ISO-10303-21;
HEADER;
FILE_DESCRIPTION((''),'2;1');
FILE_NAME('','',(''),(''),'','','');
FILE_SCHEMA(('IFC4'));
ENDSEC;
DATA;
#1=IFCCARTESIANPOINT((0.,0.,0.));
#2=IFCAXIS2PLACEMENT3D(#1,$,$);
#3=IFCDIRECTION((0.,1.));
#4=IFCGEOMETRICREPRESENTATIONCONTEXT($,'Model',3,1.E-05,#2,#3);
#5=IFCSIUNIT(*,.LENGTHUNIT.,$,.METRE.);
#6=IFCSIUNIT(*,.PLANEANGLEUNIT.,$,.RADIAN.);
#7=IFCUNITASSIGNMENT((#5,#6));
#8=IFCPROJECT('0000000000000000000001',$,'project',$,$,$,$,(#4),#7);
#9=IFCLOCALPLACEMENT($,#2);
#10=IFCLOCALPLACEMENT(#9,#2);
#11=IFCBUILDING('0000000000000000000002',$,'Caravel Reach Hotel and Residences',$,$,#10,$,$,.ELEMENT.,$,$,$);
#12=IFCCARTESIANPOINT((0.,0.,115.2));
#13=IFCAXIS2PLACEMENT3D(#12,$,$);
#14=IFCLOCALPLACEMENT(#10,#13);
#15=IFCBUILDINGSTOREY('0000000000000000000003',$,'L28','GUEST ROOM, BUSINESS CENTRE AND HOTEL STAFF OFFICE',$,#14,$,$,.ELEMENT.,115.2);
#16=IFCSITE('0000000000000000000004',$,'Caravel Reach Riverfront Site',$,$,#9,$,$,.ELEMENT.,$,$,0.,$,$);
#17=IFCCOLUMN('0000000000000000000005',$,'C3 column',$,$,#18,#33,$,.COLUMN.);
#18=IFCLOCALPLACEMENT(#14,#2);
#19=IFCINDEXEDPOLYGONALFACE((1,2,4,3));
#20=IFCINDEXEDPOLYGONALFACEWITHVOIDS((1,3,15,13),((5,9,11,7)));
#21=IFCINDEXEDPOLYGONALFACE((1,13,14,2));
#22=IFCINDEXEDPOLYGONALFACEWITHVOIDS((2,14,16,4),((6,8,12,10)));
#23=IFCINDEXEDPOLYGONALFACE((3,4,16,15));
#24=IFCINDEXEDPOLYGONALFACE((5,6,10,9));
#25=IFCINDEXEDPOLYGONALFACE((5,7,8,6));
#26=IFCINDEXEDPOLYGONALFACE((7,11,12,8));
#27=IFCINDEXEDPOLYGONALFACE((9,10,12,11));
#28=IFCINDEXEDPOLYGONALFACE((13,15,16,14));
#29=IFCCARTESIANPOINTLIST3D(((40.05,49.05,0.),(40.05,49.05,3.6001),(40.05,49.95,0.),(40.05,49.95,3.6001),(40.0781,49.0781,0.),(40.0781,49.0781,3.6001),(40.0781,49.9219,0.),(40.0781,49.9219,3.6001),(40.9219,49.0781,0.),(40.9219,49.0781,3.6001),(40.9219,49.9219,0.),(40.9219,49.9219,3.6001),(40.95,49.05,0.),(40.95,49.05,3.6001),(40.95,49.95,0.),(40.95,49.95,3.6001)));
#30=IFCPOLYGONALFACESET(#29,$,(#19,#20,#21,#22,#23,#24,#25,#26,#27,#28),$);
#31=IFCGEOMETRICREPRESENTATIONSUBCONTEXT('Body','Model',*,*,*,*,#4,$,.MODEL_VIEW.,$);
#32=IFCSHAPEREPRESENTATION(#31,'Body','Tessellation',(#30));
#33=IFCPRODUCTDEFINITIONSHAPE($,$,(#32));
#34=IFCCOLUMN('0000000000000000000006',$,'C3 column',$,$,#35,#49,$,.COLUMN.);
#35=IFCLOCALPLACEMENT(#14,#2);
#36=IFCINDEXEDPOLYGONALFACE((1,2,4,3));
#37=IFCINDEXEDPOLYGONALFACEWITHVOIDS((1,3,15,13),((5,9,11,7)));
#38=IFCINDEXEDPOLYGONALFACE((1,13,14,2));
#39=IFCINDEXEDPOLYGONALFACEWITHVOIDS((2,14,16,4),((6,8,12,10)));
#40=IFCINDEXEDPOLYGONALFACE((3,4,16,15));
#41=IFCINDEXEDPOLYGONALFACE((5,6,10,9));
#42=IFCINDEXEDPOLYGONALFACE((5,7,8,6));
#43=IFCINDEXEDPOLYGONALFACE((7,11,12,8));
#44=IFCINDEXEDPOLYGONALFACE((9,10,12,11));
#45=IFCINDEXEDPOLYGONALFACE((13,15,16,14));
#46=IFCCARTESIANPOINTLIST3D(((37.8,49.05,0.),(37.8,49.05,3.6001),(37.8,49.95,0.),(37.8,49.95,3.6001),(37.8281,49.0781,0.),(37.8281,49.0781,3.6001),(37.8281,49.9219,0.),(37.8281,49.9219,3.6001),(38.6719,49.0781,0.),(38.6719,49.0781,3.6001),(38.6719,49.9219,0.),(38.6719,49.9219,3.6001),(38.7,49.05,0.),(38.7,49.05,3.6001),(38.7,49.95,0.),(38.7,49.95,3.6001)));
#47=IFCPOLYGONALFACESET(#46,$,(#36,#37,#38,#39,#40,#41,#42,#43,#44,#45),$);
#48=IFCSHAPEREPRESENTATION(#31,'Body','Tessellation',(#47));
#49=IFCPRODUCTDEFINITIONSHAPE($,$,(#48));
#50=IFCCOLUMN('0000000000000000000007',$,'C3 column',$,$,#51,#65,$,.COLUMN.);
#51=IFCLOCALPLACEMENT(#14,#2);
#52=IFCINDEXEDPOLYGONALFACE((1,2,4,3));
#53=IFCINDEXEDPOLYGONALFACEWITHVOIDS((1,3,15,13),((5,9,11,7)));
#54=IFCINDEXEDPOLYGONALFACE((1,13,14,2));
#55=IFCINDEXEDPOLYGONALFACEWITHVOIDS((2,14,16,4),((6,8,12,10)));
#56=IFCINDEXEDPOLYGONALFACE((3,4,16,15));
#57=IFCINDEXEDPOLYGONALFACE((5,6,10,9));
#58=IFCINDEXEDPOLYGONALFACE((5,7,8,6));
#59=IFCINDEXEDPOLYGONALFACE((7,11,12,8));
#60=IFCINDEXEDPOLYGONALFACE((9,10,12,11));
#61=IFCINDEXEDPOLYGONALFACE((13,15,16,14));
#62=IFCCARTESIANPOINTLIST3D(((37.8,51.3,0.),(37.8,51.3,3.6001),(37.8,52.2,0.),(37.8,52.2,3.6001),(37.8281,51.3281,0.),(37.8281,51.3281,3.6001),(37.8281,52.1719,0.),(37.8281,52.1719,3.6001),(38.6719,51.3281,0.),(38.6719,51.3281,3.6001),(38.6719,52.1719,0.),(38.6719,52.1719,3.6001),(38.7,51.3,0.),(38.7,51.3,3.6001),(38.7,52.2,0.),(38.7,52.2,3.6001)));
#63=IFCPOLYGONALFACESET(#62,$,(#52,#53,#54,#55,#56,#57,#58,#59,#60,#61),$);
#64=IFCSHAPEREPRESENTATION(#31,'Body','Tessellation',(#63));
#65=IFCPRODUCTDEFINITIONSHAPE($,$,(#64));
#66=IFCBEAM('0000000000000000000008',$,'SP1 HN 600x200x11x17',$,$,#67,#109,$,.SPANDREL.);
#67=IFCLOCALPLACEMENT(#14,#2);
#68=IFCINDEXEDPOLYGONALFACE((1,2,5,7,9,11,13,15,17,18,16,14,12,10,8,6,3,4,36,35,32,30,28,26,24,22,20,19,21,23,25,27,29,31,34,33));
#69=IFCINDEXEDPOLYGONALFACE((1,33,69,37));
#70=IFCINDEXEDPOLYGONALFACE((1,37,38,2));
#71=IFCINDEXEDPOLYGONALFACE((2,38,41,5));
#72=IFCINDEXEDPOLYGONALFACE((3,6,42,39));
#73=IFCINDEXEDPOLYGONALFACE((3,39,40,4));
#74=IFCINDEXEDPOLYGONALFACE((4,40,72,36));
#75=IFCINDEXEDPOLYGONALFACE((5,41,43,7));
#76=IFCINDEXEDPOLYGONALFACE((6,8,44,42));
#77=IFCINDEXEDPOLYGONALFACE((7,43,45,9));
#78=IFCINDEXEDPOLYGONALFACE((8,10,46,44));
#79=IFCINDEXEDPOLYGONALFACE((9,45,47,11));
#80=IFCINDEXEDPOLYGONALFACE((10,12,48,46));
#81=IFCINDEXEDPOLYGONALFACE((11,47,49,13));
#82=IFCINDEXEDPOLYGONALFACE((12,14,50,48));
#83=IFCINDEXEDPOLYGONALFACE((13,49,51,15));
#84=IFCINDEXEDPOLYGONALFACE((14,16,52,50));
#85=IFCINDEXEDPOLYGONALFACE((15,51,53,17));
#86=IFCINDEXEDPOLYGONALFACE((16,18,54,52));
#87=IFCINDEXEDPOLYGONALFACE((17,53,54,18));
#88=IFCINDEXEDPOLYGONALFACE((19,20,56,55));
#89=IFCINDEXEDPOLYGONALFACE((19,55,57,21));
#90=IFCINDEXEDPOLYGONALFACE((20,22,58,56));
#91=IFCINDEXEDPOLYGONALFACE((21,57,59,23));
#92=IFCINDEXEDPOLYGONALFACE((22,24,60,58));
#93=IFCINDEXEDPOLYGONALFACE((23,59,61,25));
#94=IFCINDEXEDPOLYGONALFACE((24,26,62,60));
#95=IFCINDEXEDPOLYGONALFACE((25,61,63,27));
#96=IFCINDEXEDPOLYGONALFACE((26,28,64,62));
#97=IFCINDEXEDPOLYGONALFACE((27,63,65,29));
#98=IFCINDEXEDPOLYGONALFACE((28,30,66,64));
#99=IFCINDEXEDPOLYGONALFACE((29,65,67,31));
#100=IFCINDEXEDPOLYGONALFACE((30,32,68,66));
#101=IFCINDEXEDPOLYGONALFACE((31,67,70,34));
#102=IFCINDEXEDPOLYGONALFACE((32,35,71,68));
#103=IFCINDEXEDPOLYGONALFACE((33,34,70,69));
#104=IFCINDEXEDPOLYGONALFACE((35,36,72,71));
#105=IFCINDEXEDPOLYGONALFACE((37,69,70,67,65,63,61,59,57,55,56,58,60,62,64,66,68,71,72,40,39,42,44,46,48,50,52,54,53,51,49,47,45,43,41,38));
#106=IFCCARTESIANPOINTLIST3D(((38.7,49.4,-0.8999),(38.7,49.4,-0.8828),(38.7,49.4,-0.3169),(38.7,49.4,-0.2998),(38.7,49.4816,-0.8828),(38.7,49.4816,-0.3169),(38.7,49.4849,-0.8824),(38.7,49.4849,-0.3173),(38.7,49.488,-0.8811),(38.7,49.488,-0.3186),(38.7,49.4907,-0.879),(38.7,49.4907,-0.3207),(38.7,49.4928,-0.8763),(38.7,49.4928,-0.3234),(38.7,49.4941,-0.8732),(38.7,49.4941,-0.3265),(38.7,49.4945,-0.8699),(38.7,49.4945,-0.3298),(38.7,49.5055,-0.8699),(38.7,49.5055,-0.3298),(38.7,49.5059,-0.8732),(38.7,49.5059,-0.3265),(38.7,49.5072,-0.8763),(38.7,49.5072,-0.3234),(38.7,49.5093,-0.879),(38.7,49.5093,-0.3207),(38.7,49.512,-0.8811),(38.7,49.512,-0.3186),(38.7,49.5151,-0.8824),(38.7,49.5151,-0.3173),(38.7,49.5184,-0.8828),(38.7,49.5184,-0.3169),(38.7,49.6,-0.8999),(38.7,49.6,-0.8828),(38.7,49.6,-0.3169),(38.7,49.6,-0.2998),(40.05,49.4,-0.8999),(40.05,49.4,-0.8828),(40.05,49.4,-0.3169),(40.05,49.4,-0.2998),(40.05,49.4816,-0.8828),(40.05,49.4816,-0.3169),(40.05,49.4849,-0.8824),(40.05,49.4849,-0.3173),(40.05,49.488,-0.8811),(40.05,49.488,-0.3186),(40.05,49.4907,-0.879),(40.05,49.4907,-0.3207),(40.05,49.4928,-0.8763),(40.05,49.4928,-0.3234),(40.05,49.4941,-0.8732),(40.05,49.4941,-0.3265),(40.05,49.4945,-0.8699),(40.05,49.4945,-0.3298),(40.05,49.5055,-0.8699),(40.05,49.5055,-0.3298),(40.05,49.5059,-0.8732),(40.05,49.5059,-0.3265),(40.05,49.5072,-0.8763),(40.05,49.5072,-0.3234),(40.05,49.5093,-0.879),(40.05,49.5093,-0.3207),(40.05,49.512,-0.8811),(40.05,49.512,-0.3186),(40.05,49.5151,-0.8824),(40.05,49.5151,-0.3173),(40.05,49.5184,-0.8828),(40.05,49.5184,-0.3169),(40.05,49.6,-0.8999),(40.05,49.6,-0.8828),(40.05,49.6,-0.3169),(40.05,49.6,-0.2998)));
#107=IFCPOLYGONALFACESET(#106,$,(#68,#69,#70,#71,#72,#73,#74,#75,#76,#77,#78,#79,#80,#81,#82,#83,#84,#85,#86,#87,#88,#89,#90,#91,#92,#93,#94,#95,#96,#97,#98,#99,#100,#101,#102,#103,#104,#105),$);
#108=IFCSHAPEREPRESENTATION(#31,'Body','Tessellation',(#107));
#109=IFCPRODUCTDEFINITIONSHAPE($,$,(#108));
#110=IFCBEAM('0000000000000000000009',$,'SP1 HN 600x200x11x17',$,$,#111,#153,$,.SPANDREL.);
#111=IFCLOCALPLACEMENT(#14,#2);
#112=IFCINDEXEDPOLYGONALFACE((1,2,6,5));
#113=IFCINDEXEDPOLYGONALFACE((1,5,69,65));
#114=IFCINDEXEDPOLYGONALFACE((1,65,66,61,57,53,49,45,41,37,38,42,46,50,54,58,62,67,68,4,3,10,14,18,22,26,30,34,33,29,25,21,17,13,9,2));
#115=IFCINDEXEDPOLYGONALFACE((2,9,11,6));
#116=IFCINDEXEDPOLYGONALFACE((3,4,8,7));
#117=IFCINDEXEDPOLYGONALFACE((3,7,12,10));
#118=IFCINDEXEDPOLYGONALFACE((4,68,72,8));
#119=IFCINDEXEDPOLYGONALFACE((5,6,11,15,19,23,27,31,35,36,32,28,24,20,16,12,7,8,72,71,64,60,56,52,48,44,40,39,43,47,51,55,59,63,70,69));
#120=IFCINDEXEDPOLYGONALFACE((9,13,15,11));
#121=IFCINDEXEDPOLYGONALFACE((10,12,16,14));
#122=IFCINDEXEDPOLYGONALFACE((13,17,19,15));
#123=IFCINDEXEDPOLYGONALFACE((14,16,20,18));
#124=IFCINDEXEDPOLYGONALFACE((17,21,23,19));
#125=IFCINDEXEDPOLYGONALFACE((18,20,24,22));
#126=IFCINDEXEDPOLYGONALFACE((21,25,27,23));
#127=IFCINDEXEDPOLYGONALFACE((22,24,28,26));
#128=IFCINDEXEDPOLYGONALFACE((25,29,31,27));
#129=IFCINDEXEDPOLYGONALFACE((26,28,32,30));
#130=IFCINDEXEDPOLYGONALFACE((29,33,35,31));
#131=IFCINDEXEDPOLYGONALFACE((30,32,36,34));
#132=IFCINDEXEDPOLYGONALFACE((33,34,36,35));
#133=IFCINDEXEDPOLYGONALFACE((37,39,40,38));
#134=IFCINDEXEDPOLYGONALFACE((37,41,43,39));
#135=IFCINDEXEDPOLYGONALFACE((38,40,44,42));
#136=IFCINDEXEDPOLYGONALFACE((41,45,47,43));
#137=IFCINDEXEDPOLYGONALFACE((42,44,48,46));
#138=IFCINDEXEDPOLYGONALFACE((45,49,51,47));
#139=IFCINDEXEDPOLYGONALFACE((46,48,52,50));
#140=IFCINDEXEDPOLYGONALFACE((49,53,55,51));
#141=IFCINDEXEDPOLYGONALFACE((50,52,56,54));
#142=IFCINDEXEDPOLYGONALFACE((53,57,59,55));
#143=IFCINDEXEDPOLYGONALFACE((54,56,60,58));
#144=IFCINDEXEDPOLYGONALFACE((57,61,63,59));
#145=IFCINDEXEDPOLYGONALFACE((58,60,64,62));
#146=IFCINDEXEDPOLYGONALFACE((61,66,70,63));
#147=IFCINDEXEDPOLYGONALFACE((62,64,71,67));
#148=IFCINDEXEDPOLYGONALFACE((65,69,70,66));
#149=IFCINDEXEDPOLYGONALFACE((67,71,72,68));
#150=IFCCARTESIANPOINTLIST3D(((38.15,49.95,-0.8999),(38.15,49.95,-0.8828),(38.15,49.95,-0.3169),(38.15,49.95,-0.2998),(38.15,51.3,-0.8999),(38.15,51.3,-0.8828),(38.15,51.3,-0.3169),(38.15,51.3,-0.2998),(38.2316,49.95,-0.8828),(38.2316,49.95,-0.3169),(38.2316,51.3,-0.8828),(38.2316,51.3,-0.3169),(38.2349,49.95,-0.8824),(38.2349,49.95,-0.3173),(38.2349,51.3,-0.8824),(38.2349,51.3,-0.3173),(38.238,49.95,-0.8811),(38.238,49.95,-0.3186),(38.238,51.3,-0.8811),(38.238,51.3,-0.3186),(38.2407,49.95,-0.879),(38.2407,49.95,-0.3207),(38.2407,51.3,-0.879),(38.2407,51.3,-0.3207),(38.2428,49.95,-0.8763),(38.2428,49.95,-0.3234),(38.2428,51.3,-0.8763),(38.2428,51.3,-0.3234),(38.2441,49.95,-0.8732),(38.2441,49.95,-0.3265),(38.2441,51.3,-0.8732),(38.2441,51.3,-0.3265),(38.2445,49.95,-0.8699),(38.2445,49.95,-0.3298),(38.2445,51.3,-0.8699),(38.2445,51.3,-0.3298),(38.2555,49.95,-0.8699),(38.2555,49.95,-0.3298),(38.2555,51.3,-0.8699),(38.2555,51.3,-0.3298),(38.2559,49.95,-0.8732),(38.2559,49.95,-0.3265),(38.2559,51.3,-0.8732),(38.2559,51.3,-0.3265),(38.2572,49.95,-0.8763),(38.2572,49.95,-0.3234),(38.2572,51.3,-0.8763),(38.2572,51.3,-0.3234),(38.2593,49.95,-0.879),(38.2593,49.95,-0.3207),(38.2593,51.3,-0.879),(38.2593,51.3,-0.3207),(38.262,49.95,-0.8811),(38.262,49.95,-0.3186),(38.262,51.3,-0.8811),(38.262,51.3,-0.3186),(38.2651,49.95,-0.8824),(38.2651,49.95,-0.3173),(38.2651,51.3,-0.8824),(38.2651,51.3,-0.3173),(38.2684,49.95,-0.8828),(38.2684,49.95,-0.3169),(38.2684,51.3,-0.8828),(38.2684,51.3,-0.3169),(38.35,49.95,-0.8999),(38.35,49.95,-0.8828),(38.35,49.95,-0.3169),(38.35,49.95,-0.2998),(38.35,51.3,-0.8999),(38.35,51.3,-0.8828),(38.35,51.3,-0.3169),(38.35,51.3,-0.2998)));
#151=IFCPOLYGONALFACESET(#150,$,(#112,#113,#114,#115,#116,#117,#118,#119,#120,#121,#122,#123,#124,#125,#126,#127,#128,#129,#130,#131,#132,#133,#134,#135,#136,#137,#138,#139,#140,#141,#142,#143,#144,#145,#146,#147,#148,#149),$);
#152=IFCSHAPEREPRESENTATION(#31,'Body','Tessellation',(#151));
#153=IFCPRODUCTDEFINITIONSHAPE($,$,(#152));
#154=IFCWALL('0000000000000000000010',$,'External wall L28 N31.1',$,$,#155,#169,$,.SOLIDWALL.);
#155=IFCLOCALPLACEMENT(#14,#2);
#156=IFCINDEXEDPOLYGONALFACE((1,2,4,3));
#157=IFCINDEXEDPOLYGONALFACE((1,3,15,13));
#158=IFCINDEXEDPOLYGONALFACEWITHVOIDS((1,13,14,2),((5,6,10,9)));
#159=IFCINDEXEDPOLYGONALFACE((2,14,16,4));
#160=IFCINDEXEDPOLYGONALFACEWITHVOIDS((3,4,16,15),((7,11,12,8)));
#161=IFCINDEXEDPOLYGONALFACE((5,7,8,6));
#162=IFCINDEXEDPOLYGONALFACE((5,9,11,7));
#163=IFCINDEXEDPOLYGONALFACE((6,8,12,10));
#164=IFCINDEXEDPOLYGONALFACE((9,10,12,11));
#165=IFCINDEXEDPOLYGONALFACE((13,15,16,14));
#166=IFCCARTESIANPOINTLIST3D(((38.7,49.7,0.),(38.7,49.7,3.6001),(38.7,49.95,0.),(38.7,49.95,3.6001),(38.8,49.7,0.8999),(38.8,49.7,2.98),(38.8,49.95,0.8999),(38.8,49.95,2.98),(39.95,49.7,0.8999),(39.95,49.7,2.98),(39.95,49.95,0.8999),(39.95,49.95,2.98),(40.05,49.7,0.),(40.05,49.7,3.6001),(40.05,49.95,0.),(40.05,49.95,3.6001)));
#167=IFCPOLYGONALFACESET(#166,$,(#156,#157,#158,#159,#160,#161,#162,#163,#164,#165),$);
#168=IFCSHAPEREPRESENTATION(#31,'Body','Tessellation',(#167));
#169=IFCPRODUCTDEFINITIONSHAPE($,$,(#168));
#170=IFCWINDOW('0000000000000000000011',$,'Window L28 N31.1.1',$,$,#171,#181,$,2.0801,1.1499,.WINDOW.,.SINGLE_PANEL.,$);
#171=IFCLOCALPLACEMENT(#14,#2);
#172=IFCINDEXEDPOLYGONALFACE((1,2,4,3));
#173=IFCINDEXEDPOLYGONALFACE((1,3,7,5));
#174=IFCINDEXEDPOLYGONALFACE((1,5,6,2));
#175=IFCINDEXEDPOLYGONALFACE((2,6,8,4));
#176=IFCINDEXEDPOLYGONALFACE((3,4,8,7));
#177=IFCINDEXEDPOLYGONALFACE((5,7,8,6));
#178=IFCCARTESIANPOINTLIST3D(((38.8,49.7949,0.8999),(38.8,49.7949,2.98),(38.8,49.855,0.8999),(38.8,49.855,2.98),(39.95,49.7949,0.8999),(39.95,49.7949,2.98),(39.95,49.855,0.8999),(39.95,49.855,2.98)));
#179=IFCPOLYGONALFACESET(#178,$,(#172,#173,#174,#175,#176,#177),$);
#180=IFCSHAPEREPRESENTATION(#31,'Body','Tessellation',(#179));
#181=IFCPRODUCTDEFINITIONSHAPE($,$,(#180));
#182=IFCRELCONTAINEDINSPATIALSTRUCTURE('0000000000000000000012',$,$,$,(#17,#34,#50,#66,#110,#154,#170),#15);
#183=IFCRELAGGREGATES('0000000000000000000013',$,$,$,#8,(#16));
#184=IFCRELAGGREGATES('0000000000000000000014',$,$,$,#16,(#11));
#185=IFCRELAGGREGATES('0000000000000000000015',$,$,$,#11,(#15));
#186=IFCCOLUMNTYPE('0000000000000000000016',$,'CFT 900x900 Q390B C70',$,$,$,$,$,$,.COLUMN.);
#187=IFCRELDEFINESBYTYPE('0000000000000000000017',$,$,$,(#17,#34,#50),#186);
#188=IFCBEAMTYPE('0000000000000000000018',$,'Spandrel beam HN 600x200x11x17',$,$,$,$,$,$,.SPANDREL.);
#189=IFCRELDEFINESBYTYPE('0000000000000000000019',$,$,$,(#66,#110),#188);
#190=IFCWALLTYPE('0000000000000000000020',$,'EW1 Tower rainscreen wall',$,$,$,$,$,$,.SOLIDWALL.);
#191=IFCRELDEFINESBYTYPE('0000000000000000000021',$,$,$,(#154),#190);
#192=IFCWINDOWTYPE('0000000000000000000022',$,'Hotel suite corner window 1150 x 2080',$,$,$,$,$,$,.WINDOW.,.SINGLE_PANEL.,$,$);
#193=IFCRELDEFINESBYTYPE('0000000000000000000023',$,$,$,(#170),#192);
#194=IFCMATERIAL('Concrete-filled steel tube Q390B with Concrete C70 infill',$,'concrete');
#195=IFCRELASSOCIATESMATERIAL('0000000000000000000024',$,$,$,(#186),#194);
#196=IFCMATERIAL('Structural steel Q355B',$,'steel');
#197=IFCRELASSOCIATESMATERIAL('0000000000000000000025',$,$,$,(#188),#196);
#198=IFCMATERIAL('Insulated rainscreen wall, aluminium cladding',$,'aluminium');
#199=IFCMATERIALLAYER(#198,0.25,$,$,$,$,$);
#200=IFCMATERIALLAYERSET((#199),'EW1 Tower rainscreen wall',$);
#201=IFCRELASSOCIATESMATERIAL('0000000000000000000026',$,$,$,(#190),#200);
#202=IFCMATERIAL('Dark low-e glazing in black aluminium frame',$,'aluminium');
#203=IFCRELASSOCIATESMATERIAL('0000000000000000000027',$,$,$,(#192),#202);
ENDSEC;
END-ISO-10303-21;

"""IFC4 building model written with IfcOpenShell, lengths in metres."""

from ifc_helpers import new_model, si_unit, direction, frame, frame_2d, origin, origin_2d, place, context, subcontext, project, spatial, rectangle, hollow_rectangle, i_section, extrude, material, layer, layer_set, material_profile, profile_set, type_object, element, fill, save


model = new_model("IFC4")

# Units and contexts
model_context = context("Model", 3, precision=1e-05, world=origin(), true_north=direction((0.0, 1.0)))
body_context = subcontext(model_context, "Body", "Model", "MODEL_VIEW")
ifc_project = project(units=[si_unit("LENGTHUNIT", "METRE"), si_unit("PLANEANGLEUNIT", "RADIAN")], contexts=[model_context])

# Site, building, storey
site_placement = place(None, origin())
site = spatial("IfcSite", under=ifc_project, at=site_placement, Name="Caravel Reach Riverfront Site", CompositionType="ELEMENT", RefElevation=0.0)
building_placement = place(site_placement, origin())
building = spatial("IfcBuilding", under=site, at=building_placement, Name="Caravel Reach Hotel and Residences", CompositionType="ELEMENT")
storey_placement = place(building_placement, frame((0.0, 0.0, 115.2)))
storey = spatial("IfcBuildingStorey", under=building, at=storey_placement, Name="L28", Description="GUEST ROOM, BUSINESS CENTRE AND HOTEL STAFF OFFICE", CompositionType="ELEMENT", Elevation=115.2)

# Columns
ifc_material_1 = material(Name="Concrete-filled steel tube Q390B with Concrete C70 infill", Category="concrete")
ifc_material_profile_1 = material_profile(ifc_material_1, hollow_rectangle(XDim=0.8999, YDim=0.8999, WallThickness=0.0281, at=origin_2d()), Name="RHS 900x900x28")
ifc_profile_set_1 = profile_set([ifc_material_profile_1], Name="Concrete-filled steel tube Q390B with Concrete C70 infill")
column_type = type_object("IfcColumnType", Name="CFT 900x900 Q390B C70", PredefinedType="COLUMN", material=ifc_profile_set_1)
for number, where, z_axis, x_axis, name in (
    (1, (40.5, 49.5, 0.0), (0.0, 0.0, 1.0), (1.0, 0.0, 0.0), "C3 column"),
    (2, (38.25, 49.5, 0.0), (0.0, 0.0, 1.0), (1.0, 0.0, 0.0), "C3 column"),
    (3, (38.25, 51.75, 0.0), (0.0, 0.0, 1.0), (1.0, 0.0, 0.0), "C3 column"),
):
    element("IfcColumn", number, at=place(storey_placement, frame(where, z_axis=z_axis, x_axis=x_axis)), inside=storey, type_object=column_type, Name=name, PredefinedType="COLUMN", context=body_context, shape_type="SweptSolid", body=[
        extrude(hollow_rectangle(XDim=0.8999, YDim=0.8999, WallThickness=0.0281, at=origin_2d()), origin(), (0.0, 0.0, 1.0), 3.6001),
    ])

# Beams
ifc_material_2 = material(Name="Structural steel Q355B", Category="steel")
ifc_material_profile_2 = material_profile(ifc_material_2, i_section(OverallWidth=0.2, OverallDepth=0.6001, WebThickness=0.011, FlangeThickness=0.0171, FilletRadius=0.0129, at=origin_2d()), Name="HN 600x200x11x17")
ifc_profile_set_2 = profile_set([ifc_material_profile_2], Name="Structural steel Q355B")
beam_type = type_object("IfcBeamType", Name="Spandrel beam HN 600x200x11x17", PredefinedType="SPANDREL", material=ifc_profile_set_2)
for number, where, z_axis, x_axis, name in (
    (4, (40.05, 49.5, -0.5999), (-1.0, 0.0, 0.0), (0.0, -1.0, 0.0), "SP1 HN 600x200x11x17"),
    (5, (38.25, 49.95, -0.5999), (0.0, 1.0, 0.0), (-1.0, 0.0, 0.0), "SP1 HN 600x200x11x17"),
):
    element("IfcBeam", number, at=place(storey_placement, frame(where, z_axis=z_axis, x_axis=x_axis)), inside=storey, type_object=beam_type, Name=name, PredefinedType="SPANDREL", context=body_context, shape_type="SweptSolid", body=[
        extrude(i_section(OverallWidth=0.2, OverallDepth=0.6001, WebThickness=0.011, FlangeThickness=0.0171, FilletRadius=0.0129, at=origin_2d()), origin(), (0.0, 0.0, 1.0), 1.3501),
    ])

# Wall, opening, window
ifc_material_3 = material(Name="Insulated rainscreen wall, aluminium cladding", Category="aluminium")
ifc_layer = layer(ifc_material_3, 0.25)
ifc_layer_set = layer_set([ifc_layer], Name="EW1 Tower rainscreen wall")
wall_type = type_object("IfcWallType", Name="EW1 Tower rainscreen wall", PredefinedType="SOLIDWALL", material=ifc_layer_set)
wall_1_placement = place(storey_placement, frame((40.05, 49.825, 0.0), z_axis=(0.0, 0.0, 1.0), x_axis=(-1.0, 0.0, 0.0)))
wall_1 = element("IfcWall", 6, at=wall_1_placement, inside=storey, type_object=wall_type, Name="External wall L28 N31.1", PredefinedType="SOLIDWALL", context=body_context, shape_type="SweptSolid", body=[
    extrude(rectangle(XDim=1.3501, YDim=0.25, at=frame_2d((0.675, 0.0))), origin(), (0.0, 0.0, 1.0), 3.6001),
])
opening_1_placement = place(wall_1_placement, frame((0.1001, 0.0, 0.8999)))
opening_1 = element("IfcOpeningElement", 7, at=opening_1_placement, cuts=wall_1, PredefinedType="OPENING", context=body_context, shape_type="SweptSolid", body=[
    extrude(rectangle(XDim=1.1499, YDim=2.0801, at=frame_2d((0.575, 1.04))), frame((0.0, 0.135, 0.0), z_axis=(0.0, -1.0, 0.0), x_axis=(1.0, 0.0, 0.0)), (0.0, 0.0, 1.0), 0.27),
])
ifc_material_4 = material(Name="Dark low-e glazing in black aluminium frame", Category="aluminium")
window_type = type_object("IfcWindowType", Name="Hotel suite corner window 1150 x 2080", PartitioningType="SINGLE_PANEL", PredefinedType="WINDOW", material=ifc_material_4)
window_1_placement = place(opening_1_placement, origin())
window_1 = element("IfcWindow", 8, at=window_1_placement, inside=storey, type_object=window_type, Name="Window L28 N31.1.1", OverallHeight=2.0801, OverallWidth=1.1499, PartitioningType="SINGLE_PANEL", PredefinedType="WINDOW", context=body_context, shape_type="SweptSolid", body=[
    extrude(rectangle(XDim=1.1499, YDim=2.0801, at=frame_2d((0.575, 1.04))), frame((0.0, 0.03, 0.0), z_axis=(0.0, -1.0, 0.0), x_axis=(1.0, 0.0, 0.0)), (0.0, 0.0, 1.0), 0.0601),
])
fill(opening_1, window_1)

save(model, "model.ifc")
